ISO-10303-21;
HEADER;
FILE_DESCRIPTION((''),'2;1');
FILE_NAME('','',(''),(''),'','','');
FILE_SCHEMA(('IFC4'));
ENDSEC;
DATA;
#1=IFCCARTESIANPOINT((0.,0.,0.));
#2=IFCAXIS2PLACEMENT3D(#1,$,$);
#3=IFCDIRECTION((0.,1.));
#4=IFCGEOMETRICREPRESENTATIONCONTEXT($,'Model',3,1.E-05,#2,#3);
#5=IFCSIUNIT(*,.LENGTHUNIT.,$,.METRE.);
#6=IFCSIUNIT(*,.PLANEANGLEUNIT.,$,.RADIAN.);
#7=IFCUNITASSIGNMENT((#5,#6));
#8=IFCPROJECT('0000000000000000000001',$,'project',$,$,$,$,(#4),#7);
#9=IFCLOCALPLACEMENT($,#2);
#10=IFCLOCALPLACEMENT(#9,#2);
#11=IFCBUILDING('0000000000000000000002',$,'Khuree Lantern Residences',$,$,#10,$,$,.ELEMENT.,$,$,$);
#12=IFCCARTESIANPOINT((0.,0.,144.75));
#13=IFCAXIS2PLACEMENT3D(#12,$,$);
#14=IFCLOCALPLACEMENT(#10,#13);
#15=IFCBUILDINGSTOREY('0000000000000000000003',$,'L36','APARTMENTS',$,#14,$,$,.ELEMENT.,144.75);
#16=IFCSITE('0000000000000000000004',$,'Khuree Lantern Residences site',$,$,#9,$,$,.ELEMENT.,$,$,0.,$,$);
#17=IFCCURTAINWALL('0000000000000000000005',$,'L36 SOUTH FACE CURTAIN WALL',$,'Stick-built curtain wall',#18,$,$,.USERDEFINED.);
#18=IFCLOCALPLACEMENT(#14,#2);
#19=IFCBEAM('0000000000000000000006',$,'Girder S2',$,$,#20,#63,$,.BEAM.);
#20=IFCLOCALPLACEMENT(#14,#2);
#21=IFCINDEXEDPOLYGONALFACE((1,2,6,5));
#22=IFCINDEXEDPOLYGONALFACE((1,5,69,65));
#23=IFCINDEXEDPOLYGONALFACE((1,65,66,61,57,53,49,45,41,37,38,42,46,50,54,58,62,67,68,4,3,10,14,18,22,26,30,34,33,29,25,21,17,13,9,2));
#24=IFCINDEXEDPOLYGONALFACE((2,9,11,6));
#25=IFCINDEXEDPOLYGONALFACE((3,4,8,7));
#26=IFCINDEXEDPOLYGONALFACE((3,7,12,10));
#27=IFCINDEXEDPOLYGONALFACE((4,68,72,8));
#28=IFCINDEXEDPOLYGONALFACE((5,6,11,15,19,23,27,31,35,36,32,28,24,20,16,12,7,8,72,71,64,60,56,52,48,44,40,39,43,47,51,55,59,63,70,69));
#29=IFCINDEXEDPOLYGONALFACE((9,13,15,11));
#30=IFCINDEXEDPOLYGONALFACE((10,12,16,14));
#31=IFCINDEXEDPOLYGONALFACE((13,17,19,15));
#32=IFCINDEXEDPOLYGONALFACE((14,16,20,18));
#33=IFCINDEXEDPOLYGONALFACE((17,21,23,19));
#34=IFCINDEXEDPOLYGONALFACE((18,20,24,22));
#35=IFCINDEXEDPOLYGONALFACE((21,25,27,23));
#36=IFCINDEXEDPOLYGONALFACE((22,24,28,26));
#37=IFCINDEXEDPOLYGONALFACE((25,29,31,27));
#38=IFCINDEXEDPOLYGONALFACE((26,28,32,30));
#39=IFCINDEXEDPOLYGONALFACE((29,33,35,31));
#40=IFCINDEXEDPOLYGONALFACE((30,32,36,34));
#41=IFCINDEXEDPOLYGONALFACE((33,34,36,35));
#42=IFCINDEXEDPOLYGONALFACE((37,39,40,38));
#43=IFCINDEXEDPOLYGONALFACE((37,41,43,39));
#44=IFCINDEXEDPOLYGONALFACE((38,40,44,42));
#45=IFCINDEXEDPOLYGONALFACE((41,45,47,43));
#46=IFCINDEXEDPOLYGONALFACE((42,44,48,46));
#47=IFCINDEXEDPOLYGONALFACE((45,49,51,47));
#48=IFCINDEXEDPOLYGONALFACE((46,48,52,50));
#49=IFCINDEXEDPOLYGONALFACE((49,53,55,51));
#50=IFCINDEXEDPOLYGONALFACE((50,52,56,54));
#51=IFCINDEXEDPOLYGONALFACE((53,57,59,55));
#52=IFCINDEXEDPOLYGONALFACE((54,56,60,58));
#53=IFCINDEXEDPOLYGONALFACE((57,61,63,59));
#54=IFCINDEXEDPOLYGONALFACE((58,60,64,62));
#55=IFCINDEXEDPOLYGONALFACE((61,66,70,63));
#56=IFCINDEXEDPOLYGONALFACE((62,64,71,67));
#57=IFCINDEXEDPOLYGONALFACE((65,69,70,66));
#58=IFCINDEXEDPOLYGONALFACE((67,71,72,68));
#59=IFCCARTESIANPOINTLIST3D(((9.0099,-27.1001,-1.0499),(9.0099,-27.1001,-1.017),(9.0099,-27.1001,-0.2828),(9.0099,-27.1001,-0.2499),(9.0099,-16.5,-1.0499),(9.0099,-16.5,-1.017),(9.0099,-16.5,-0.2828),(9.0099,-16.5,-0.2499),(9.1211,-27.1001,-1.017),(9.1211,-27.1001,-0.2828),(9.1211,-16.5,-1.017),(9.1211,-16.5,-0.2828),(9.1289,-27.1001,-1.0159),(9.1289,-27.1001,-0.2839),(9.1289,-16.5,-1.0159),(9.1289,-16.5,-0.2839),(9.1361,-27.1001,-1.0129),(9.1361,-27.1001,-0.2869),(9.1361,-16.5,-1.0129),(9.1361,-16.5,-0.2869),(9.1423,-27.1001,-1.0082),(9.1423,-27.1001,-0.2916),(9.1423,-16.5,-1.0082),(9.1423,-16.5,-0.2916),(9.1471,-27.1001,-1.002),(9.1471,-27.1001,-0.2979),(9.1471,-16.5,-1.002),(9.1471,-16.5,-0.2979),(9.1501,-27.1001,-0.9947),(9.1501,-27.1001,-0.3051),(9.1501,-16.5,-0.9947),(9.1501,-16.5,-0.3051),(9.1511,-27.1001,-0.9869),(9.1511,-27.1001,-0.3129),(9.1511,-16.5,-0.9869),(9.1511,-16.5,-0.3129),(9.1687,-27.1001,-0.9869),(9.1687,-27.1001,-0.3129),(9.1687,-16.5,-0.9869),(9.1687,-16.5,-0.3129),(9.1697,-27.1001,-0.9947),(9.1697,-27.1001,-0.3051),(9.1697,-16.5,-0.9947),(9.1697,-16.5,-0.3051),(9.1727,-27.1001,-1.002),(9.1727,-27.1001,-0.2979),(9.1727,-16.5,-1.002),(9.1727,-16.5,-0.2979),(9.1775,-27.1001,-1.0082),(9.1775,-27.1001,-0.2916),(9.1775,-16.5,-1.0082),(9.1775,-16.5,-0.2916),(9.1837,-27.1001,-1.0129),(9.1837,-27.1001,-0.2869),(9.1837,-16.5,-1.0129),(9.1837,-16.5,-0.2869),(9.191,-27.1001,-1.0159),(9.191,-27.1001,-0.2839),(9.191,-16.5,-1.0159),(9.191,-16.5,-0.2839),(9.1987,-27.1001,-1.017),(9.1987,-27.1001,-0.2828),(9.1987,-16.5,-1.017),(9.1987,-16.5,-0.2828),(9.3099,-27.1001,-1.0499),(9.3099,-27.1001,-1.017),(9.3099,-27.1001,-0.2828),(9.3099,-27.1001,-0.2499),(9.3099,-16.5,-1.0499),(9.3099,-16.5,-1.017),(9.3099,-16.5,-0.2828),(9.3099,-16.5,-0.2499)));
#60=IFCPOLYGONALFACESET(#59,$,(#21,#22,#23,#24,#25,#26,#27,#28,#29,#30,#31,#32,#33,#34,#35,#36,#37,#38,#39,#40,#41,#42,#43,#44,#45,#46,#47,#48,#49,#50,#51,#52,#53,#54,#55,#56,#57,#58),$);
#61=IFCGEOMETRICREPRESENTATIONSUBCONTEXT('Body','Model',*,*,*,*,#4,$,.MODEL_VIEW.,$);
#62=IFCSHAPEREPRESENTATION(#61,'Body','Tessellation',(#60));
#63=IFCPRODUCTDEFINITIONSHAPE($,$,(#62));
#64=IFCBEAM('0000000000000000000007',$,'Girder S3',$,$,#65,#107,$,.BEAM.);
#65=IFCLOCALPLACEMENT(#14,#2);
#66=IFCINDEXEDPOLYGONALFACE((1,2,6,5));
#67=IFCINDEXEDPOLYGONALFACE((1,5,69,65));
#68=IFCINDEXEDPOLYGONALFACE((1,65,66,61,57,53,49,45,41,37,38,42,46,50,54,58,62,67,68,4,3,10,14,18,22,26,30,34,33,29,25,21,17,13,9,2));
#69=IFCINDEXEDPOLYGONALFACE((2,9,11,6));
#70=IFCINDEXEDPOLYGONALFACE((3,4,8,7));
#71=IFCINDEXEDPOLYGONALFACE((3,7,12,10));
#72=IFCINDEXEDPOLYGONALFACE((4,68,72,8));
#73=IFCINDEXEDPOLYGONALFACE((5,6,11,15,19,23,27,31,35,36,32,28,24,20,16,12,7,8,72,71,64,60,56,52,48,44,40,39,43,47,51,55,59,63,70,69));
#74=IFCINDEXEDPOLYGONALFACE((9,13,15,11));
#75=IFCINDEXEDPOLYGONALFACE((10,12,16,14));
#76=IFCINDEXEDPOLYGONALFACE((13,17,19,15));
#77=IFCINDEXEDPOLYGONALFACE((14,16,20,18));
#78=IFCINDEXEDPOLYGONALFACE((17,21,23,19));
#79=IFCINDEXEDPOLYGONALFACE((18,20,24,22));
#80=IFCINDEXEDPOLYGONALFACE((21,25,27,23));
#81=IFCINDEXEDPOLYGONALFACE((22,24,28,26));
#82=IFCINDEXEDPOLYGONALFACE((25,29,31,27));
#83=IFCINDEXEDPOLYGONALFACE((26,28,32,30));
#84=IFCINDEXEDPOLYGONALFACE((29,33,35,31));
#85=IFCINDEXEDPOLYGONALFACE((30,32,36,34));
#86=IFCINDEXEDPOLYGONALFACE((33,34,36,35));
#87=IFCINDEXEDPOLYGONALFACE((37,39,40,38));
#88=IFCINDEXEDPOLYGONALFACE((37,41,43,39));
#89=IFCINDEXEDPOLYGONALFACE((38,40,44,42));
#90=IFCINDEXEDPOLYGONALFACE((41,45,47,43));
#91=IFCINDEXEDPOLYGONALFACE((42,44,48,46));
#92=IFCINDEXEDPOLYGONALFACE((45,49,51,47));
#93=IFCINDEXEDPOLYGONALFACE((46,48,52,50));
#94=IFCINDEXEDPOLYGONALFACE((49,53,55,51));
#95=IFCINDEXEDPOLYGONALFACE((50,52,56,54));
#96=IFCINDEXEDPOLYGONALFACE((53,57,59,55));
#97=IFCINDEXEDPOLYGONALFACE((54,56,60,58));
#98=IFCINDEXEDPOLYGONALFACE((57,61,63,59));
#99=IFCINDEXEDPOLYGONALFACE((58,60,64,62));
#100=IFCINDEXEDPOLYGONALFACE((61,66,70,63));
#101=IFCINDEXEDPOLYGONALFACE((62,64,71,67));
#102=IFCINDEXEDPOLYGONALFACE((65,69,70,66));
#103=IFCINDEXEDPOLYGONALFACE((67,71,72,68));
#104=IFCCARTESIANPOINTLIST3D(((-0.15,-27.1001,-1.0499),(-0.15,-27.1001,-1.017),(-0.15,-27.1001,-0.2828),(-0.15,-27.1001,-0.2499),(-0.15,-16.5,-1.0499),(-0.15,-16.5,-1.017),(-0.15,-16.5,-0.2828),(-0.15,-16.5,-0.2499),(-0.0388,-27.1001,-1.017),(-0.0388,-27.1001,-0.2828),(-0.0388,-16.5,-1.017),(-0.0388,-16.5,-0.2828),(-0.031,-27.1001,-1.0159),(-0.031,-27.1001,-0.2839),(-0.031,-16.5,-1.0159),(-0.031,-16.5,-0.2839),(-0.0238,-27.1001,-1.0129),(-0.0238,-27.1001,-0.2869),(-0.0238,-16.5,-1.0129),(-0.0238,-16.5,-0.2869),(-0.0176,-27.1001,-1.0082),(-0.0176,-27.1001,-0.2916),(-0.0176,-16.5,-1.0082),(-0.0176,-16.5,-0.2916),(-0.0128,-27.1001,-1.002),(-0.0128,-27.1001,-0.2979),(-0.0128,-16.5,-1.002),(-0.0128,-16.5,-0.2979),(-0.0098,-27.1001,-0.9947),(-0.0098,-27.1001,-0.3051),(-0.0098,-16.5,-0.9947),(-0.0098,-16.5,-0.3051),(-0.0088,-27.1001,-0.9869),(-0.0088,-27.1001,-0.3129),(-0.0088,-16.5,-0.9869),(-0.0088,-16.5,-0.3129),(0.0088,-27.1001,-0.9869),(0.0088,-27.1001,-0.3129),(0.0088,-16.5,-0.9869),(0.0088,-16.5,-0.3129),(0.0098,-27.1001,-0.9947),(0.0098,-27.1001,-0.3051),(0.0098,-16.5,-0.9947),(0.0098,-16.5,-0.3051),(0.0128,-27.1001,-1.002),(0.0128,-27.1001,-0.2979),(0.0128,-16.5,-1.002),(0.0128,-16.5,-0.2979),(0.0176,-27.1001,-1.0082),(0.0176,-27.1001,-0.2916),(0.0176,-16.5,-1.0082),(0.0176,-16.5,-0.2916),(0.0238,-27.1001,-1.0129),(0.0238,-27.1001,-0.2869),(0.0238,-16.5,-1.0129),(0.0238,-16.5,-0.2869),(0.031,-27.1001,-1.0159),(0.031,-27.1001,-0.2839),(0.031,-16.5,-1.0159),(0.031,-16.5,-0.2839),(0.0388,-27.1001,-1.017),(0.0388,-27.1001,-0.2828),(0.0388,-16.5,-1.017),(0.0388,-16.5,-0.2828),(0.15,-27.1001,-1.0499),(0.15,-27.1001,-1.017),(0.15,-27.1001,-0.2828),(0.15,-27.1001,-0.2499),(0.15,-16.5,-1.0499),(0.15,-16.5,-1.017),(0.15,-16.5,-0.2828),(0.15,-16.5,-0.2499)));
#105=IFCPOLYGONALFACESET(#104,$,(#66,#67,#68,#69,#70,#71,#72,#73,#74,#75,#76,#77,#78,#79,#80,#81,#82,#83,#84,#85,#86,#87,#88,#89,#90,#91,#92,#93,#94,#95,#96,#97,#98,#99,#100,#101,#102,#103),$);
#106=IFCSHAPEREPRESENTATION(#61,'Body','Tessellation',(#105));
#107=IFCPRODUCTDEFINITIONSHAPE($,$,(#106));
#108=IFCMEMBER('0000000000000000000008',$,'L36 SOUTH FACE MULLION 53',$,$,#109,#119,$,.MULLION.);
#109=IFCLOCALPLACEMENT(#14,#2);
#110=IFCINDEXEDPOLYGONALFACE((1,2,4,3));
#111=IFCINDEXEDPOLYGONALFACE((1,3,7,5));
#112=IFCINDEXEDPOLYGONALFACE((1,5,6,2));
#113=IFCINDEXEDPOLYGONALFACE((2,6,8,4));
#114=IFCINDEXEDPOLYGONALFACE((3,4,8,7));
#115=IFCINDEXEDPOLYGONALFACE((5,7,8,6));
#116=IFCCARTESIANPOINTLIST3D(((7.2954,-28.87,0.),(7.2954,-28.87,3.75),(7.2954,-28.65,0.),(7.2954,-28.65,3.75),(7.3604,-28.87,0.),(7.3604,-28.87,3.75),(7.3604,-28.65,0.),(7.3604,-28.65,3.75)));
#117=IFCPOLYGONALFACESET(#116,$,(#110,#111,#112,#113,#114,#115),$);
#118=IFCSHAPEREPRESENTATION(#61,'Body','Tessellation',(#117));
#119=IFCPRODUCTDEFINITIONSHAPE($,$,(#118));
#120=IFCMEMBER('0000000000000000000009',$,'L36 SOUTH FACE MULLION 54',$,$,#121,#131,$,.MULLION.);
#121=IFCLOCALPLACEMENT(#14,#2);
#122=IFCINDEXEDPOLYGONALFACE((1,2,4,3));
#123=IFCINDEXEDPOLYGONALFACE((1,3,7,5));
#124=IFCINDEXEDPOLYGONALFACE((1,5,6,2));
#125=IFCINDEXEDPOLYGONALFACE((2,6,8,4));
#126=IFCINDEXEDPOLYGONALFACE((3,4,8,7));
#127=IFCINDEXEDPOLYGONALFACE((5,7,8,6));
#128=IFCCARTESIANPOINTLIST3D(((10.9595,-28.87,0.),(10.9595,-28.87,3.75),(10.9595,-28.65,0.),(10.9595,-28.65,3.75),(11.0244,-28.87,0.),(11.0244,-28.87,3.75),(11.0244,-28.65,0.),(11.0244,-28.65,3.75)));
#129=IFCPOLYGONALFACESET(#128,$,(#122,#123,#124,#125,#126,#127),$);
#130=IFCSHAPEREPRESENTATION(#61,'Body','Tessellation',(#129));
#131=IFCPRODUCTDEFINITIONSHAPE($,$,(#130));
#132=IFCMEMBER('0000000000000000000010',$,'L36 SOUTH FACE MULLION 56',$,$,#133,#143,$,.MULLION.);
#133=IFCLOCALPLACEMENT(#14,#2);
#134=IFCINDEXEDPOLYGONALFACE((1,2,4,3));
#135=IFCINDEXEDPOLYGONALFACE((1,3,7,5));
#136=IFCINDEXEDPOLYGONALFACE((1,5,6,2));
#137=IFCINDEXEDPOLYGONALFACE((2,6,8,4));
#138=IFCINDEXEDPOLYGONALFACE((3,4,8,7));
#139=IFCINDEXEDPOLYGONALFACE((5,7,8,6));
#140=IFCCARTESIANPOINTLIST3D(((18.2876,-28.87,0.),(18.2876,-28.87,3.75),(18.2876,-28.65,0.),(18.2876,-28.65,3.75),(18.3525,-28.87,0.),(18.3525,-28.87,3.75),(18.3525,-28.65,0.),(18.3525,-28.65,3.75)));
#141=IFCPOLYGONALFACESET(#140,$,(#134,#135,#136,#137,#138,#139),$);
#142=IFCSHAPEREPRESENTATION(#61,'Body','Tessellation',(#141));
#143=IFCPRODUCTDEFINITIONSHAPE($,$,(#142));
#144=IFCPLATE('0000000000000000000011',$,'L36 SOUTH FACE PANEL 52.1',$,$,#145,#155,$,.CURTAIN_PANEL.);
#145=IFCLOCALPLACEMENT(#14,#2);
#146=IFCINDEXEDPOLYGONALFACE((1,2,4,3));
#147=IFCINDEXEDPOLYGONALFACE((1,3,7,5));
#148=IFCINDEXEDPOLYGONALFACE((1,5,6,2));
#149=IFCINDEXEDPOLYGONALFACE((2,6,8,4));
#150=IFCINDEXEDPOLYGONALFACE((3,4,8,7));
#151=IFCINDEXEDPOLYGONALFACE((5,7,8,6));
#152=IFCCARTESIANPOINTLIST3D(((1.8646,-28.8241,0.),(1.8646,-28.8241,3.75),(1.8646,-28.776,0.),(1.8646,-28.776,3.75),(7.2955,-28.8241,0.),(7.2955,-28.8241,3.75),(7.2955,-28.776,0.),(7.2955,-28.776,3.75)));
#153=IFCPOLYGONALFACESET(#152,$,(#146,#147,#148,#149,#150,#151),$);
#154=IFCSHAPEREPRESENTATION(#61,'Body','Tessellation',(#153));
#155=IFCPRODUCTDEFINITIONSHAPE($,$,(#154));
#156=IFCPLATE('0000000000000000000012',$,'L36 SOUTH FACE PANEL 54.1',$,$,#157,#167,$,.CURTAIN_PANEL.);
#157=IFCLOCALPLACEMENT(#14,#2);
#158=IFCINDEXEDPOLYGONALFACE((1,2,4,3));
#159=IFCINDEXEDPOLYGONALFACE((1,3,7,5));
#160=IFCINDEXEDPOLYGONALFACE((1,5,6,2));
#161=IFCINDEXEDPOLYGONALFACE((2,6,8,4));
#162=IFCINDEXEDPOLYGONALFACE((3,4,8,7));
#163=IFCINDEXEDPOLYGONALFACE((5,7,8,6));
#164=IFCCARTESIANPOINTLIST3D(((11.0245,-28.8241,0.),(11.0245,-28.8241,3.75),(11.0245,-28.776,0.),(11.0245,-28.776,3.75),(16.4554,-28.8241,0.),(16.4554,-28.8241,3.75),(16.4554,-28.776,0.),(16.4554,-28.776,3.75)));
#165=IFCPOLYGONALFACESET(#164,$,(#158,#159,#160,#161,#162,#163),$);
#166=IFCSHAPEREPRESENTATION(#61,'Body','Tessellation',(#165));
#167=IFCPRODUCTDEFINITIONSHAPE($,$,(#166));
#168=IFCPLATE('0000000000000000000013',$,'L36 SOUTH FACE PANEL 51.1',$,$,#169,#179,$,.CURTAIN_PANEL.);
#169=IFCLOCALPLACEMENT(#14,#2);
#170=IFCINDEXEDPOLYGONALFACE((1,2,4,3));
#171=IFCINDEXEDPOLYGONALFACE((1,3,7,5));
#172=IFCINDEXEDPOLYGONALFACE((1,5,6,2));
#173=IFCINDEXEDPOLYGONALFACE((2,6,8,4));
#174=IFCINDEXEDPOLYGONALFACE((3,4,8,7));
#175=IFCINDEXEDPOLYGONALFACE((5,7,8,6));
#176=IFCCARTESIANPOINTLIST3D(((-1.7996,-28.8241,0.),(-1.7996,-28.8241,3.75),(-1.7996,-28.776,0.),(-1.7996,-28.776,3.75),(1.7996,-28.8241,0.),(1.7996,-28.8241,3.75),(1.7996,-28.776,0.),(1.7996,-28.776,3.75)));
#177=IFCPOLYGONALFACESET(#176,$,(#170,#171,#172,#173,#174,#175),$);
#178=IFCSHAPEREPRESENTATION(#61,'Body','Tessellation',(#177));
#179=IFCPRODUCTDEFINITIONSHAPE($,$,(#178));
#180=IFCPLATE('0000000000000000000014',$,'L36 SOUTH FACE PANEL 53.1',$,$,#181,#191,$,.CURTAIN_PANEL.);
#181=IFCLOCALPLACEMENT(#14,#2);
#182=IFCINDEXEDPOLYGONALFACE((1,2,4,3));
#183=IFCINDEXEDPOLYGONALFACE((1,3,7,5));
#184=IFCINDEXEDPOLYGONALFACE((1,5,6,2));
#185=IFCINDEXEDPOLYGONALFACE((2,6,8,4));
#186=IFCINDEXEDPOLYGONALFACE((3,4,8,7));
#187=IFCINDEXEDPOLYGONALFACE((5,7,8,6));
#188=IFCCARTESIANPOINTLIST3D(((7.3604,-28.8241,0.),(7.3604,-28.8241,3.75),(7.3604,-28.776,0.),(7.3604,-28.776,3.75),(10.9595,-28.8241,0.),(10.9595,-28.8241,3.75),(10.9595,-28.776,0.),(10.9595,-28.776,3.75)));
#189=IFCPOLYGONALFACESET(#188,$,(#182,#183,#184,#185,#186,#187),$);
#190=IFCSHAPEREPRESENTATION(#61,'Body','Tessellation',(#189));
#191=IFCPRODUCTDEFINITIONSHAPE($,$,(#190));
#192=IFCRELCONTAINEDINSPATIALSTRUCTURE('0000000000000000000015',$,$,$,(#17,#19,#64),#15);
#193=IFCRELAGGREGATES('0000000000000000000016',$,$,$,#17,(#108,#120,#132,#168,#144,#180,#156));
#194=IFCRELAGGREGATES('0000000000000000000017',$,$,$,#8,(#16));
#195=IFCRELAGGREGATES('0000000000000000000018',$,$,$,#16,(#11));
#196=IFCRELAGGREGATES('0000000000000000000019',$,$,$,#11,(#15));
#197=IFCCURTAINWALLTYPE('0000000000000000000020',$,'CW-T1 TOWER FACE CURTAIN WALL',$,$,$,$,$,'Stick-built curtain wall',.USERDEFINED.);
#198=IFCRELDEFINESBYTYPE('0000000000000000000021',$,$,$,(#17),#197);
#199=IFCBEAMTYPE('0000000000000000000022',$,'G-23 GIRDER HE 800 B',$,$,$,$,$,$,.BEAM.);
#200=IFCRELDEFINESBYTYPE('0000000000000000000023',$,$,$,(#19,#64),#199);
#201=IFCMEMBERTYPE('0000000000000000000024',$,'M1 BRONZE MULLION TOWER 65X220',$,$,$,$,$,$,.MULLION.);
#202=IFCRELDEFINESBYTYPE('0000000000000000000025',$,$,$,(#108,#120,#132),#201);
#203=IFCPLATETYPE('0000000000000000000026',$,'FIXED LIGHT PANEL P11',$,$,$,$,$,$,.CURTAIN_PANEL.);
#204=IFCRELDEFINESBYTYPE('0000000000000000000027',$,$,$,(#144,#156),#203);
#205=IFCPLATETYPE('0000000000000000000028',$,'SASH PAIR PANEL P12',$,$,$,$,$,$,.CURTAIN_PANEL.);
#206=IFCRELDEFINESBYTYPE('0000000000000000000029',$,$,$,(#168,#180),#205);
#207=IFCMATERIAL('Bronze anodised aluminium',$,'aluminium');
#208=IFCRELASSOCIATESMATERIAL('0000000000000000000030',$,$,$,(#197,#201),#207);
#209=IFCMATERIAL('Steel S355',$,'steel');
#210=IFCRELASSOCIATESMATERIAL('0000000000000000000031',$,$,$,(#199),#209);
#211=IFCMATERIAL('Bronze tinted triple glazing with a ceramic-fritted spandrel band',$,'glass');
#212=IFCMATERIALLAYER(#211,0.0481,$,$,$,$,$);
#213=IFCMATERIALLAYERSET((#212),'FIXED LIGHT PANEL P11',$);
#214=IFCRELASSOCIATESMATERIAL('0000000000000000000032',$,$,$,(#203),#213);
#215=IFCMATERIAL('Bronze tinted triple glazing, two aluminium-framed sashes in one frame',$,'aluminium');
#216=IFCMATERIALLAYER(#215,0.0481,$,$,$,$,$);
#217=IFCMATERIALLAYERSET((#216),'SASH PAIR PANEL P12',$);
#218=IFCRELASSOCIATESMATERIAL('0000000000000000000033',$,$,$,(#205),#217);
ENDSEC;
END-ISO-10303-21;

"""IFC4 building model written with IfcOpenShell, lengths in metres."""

from ifc_helpers import new_model, si_unit, direction, frame, origin, origin_2d, place, context, subcontext, project, spatial, rectangle, i_section, extrude, material, layer, layer_set, material_profile, profile_set, type_object, element, aggregate, save


model = new_model("IFC4")

# Units and contexts
model_context = context("Model", 3, precision=1e-05, world=origin(), true_north=direction((0.0, 1.0)))
body_context = subcontext(model_context, "Body", "Model", "MODEL_VIEW")
ifc_project = project(units=[si_unit("LENGTHUNIT", "METRE"), si_unit("PLANEANGLEUNIT", "RADIAN")], contexts=[model_context])

# Site, building, storey
site_placement = place(None, origin())
site = spatial("IfcSite", under=ifc_project, at=site_placement, Name="Khuree Lantern Residences site", CompositionType="ELEMENT", RefElevation=0.0)
building_placement = place(site_placement, origin())
building = spatial("IfcBuilding", under=site, at=building_placement, Name="Khuree Lantern Residences", CompositionType="ELEMENT")
storey_placement = place(building_placement, frame((0.0, 0.0, 144.75)))
storey = spatial("IfcBuildingStorey", under=building, at=storey_placement, Name="L36", Description="APARTMENTS", CompositionType="ELEMENT", Elevation=144.75)

# Shared definitions
ifc_material_1 = material(Name="Steel S355", Category="steel")

# Curtain wall
ifc_material_2 = material(Name="Bronze anodised aluminium", Category="aluminium")
curtain_wall_type = type_object("IfcCurtainWallType", Name="CW-T1 TOWER FACE CURTAIN WALL", ElementType="Stick-built curtain wall", PredefinedType="USERDEFINED", material=ifc_material_2)
curtain_wall_placement = place(storey_placement, origin())
curtain_wall = element("IfcCurtainWall", 1, at=curtain_wall_placement, inside=storey, type_object=curtain_wall_type, Name="L36 SOUTH FACE CURTAIN WALL", ObjectType="Stick-built curtain wall", PredefinedType="USERDEFINED")

# Beams
ifc_material_profile_1 = material_profile(ifc_material_1, i_section(OverallWidth=0.3, OverallDepth=0.8, WebThickness=0.0176, FlangeThickness=0.033, FilletRadius=0.03, at=origin_2d()), Name="HE 800 B")
ifc_profile_set_1 = profile_set([ifc_material_profile_1], Name="Steel S355")
beam_type_1 = type_object("IfcBeamType", Name="G-23 GIRDER HE 800 B", PredefinedType="BEAM", material=ifc_profile_set_1)
for number, where, z_axis, x_axis, name in (
    (2, (9.1599, -27.1001, -0.6499), (0.0, 1.0, 0.0), (-1.0, 0.0, 0.0), "Girder S2"),
    (3, (0.0, -27.1001, -0.6499), (0.0, 1.0, 0.0), (-1.0, 0.0, 0.0), "Girder S3"),
):
    element("IfcBeam", number, at=place(storey_placement, frame(where, z_axis=z_axis, x_axis=x_axis)), inside=storey, type_object=beam_type_1, Name=name, PredefinedType="BEAM", context=body_context, shape_type="SweptSolid", body=[
        extrude(i_section(OverallWidth=0.3, OverallDepth=0.8, WebThickness=0.0176, FlangeThickness=0.033, FilletRadius=0.03, at=origin_2d()), origin(), (0.0, 0.0, 1.0), 10.6001),
    ])

# Members
ifc_material_profile_2 = material_profile(ifc_material_2, rectangle(XDim=0.0649, YDim=0.22, at=origin_2d()), Name="M1 65X220")
ifc_profile_set_2 = profile_set([ifc_material_profile_2], Name="Bronze anodised aluminium")
member_type_1 = type_object("IfcMemberType", Name="M1 BRONZE MULLION TOWER 65X220", PredefinedType="MULLION", material=ifc_profile_set_2)
member_1_placement = place(storey_placement, frame((7.3279, -28.76, 0.0), z_axis=(0.0, 0.0, 1.0), x_axis=(1.0, 0.0, 0.0)))
member_1 = element("IfcMember", 4, at=member_1_placement, type_object=member_type_1, Name="L36 SOUTH FACE MULLION 53", PredefinedType="MULLION", context=body_context, shape_type="SweptSolid", body=[
    extrude(rectangle(XDim=0.0649, YDim=0.22, at=origin_2d()), origin(), (0.0, 0.0, 1.0), 3.75),
])
member_2_placement = place(storey_placement, frame((10.9919, -28.76, 0.0), z_axis=(0.0, 0.0, 1.0), x_axis=(1.0, 0.0, 0.0)))
member_2 = element("IfcMember", 5, at=member_2_placement, type_object=member_type_1, Name="L36 SOUTH FACE MULLION 54", PredefinedType="MULLION", context=body_context, shape_type="SweptSolid", body=[
    extrude(rectangle(XDim=0.0649, YDim=0.22, at=origin_2d()), origin(), (0.0, 0.0, 1.0), 3.75),
])
member_3_placement = place(storey_placement, frame((18.3201, -28.76, 0.0), z_axis=(0.0, 0.0, 1.0), x_axis=(1.0, 0.0, 0.0)))
member_3 = element("IfcMember", 6, at=member_3_placement, type_object=member_type_1, Name="L36 SOUTH FACE MULLION 56", PredefinedType="MULLION", context=body_context, shape_type="SweptSolid", body=[
    extrude(rectangle(XDim=0.0649, YDim=0.22, at=origin_2d()), origin(), (0.0, 0.0, 1.0), 3.75),
])

# Plates
ifc_material_3 = material(Name="Bronze tinted triple glazing with a ceramic-fritted spandrel band", Category="glass")
ifc_layer_1 = layer(ifc_material_3, 0.0481)
ifc_layer_set_1 = layer_set([ifc_layer_1], Name="FIXED LIGHT PANEL P11")
plate_type_1 = type_object("IfcPlateType", Name="FIXED LIGHT PANEL P11", PredefinedType="CURTAIN_PANEL", material=ifc_layer_set_1)
plate_1_placement = place(storey_placement, frame((4.5801, -28.8, 0.0), z_axis=(0.0, 0.0, 1.0), x_axis=(1.0, 0.0, 0.0)))
plate_1 = element("IfcPlate", 7, at=plate_1_placement, type_object=plate_type_1, Name="L36 SOUTH FACE PANEL 52.1", PredefinedType="CURTAIN_PANEL", context=body_context, shape_type="SweptSolid", body=[
    extrude(rectangle(XDim=5.4309, YDim=0.0481, at=origin_2d()), origin(), (0.0, 0.0, 1.0), 3.75),
])
plate_2_placement = place(storey_placement, frame((13.74, -28.8, 0.0), z_axis=(0.0, 0.0, 1.0), x_axis=(1.0, 0.0, 0.0)))
plate_2 = element("IfcPlate", 8, at=plate_2_placement, type_object=plate_type_1, Name="L36 SOUTH FACE PANEL 54.1", PredefinedType="CURTAIN_PANEL", context=body_context, shape_type="SweptSolid", body=[
    extrude(rectangle(XDim=5.4309, YDim=0.0481, at=origin_2d()), origin(), (0.0, 0.0, 1.0), 3.75),
])
ifc_material_4 = material(Name="Bronze tinted triple glazing, two aluminium-framed sashes in one frame", Category="aluminium")
ifc_layer_2 = layer(ifc_material_4, 0.0481)
ifc_layer_set_2 = layer_set([ifc_layer_2], Name="SASH PAIR PANEL P12")
plate_type_2 = type_object("IfcPlateType", Name="SASH PAIR PANEL P12", PredefinedType="CURTAIN_PANEL", material=ifc_layer_set_2)
plate_3_placement = place(storey_placement, frame((0.0, -28.8, 0.0), z_axis=(0.0, 0.0, 1.0), x_axis=(1.0, 0.0, 0.0)))
plate_3 = element("IfcPlate", 9, at=plate_3_placement, type_object=plate_type_2, Name="L36 SOUTH FACE PANEL 51.1", PredefinedType="CURTAIN_PANEL", context=body_context, shape_type="SweptSolid", body=[
    extrude(rectangle(XDim=3.5991, YDim=0.0481, at=origin_2d()), origin(), (0.0, 0.0, 1.0), 3.75),
])
plate_4_placement = place(storey_placement, frame((9.1599, -28.8, 0.0), z_axis=(0.0, 0.0, 1.0), x_axis=(1.0, 0.0, 0.0)))
plate_4 = element("IfcPlate", 10, at=plate_4_placement, type_object=plate_type_2, Name="L36 SOUTH FACE PANEL 53.1", PredefinedType="CURTAIN_PANEL", context=body_context, shape_type="SweptSolid", body=[
    extrude(rectangle(XDim=3.5991, YDim=0.0481, at=origin_2d()), origin(), (0.0, 0.0, 1.0), 3.75),
])
aggregate(curtain_wall, [member_1, member_2, member_3, plate_3, plate_1, plate_4, plate_2])

save(model, "model.ifc")
